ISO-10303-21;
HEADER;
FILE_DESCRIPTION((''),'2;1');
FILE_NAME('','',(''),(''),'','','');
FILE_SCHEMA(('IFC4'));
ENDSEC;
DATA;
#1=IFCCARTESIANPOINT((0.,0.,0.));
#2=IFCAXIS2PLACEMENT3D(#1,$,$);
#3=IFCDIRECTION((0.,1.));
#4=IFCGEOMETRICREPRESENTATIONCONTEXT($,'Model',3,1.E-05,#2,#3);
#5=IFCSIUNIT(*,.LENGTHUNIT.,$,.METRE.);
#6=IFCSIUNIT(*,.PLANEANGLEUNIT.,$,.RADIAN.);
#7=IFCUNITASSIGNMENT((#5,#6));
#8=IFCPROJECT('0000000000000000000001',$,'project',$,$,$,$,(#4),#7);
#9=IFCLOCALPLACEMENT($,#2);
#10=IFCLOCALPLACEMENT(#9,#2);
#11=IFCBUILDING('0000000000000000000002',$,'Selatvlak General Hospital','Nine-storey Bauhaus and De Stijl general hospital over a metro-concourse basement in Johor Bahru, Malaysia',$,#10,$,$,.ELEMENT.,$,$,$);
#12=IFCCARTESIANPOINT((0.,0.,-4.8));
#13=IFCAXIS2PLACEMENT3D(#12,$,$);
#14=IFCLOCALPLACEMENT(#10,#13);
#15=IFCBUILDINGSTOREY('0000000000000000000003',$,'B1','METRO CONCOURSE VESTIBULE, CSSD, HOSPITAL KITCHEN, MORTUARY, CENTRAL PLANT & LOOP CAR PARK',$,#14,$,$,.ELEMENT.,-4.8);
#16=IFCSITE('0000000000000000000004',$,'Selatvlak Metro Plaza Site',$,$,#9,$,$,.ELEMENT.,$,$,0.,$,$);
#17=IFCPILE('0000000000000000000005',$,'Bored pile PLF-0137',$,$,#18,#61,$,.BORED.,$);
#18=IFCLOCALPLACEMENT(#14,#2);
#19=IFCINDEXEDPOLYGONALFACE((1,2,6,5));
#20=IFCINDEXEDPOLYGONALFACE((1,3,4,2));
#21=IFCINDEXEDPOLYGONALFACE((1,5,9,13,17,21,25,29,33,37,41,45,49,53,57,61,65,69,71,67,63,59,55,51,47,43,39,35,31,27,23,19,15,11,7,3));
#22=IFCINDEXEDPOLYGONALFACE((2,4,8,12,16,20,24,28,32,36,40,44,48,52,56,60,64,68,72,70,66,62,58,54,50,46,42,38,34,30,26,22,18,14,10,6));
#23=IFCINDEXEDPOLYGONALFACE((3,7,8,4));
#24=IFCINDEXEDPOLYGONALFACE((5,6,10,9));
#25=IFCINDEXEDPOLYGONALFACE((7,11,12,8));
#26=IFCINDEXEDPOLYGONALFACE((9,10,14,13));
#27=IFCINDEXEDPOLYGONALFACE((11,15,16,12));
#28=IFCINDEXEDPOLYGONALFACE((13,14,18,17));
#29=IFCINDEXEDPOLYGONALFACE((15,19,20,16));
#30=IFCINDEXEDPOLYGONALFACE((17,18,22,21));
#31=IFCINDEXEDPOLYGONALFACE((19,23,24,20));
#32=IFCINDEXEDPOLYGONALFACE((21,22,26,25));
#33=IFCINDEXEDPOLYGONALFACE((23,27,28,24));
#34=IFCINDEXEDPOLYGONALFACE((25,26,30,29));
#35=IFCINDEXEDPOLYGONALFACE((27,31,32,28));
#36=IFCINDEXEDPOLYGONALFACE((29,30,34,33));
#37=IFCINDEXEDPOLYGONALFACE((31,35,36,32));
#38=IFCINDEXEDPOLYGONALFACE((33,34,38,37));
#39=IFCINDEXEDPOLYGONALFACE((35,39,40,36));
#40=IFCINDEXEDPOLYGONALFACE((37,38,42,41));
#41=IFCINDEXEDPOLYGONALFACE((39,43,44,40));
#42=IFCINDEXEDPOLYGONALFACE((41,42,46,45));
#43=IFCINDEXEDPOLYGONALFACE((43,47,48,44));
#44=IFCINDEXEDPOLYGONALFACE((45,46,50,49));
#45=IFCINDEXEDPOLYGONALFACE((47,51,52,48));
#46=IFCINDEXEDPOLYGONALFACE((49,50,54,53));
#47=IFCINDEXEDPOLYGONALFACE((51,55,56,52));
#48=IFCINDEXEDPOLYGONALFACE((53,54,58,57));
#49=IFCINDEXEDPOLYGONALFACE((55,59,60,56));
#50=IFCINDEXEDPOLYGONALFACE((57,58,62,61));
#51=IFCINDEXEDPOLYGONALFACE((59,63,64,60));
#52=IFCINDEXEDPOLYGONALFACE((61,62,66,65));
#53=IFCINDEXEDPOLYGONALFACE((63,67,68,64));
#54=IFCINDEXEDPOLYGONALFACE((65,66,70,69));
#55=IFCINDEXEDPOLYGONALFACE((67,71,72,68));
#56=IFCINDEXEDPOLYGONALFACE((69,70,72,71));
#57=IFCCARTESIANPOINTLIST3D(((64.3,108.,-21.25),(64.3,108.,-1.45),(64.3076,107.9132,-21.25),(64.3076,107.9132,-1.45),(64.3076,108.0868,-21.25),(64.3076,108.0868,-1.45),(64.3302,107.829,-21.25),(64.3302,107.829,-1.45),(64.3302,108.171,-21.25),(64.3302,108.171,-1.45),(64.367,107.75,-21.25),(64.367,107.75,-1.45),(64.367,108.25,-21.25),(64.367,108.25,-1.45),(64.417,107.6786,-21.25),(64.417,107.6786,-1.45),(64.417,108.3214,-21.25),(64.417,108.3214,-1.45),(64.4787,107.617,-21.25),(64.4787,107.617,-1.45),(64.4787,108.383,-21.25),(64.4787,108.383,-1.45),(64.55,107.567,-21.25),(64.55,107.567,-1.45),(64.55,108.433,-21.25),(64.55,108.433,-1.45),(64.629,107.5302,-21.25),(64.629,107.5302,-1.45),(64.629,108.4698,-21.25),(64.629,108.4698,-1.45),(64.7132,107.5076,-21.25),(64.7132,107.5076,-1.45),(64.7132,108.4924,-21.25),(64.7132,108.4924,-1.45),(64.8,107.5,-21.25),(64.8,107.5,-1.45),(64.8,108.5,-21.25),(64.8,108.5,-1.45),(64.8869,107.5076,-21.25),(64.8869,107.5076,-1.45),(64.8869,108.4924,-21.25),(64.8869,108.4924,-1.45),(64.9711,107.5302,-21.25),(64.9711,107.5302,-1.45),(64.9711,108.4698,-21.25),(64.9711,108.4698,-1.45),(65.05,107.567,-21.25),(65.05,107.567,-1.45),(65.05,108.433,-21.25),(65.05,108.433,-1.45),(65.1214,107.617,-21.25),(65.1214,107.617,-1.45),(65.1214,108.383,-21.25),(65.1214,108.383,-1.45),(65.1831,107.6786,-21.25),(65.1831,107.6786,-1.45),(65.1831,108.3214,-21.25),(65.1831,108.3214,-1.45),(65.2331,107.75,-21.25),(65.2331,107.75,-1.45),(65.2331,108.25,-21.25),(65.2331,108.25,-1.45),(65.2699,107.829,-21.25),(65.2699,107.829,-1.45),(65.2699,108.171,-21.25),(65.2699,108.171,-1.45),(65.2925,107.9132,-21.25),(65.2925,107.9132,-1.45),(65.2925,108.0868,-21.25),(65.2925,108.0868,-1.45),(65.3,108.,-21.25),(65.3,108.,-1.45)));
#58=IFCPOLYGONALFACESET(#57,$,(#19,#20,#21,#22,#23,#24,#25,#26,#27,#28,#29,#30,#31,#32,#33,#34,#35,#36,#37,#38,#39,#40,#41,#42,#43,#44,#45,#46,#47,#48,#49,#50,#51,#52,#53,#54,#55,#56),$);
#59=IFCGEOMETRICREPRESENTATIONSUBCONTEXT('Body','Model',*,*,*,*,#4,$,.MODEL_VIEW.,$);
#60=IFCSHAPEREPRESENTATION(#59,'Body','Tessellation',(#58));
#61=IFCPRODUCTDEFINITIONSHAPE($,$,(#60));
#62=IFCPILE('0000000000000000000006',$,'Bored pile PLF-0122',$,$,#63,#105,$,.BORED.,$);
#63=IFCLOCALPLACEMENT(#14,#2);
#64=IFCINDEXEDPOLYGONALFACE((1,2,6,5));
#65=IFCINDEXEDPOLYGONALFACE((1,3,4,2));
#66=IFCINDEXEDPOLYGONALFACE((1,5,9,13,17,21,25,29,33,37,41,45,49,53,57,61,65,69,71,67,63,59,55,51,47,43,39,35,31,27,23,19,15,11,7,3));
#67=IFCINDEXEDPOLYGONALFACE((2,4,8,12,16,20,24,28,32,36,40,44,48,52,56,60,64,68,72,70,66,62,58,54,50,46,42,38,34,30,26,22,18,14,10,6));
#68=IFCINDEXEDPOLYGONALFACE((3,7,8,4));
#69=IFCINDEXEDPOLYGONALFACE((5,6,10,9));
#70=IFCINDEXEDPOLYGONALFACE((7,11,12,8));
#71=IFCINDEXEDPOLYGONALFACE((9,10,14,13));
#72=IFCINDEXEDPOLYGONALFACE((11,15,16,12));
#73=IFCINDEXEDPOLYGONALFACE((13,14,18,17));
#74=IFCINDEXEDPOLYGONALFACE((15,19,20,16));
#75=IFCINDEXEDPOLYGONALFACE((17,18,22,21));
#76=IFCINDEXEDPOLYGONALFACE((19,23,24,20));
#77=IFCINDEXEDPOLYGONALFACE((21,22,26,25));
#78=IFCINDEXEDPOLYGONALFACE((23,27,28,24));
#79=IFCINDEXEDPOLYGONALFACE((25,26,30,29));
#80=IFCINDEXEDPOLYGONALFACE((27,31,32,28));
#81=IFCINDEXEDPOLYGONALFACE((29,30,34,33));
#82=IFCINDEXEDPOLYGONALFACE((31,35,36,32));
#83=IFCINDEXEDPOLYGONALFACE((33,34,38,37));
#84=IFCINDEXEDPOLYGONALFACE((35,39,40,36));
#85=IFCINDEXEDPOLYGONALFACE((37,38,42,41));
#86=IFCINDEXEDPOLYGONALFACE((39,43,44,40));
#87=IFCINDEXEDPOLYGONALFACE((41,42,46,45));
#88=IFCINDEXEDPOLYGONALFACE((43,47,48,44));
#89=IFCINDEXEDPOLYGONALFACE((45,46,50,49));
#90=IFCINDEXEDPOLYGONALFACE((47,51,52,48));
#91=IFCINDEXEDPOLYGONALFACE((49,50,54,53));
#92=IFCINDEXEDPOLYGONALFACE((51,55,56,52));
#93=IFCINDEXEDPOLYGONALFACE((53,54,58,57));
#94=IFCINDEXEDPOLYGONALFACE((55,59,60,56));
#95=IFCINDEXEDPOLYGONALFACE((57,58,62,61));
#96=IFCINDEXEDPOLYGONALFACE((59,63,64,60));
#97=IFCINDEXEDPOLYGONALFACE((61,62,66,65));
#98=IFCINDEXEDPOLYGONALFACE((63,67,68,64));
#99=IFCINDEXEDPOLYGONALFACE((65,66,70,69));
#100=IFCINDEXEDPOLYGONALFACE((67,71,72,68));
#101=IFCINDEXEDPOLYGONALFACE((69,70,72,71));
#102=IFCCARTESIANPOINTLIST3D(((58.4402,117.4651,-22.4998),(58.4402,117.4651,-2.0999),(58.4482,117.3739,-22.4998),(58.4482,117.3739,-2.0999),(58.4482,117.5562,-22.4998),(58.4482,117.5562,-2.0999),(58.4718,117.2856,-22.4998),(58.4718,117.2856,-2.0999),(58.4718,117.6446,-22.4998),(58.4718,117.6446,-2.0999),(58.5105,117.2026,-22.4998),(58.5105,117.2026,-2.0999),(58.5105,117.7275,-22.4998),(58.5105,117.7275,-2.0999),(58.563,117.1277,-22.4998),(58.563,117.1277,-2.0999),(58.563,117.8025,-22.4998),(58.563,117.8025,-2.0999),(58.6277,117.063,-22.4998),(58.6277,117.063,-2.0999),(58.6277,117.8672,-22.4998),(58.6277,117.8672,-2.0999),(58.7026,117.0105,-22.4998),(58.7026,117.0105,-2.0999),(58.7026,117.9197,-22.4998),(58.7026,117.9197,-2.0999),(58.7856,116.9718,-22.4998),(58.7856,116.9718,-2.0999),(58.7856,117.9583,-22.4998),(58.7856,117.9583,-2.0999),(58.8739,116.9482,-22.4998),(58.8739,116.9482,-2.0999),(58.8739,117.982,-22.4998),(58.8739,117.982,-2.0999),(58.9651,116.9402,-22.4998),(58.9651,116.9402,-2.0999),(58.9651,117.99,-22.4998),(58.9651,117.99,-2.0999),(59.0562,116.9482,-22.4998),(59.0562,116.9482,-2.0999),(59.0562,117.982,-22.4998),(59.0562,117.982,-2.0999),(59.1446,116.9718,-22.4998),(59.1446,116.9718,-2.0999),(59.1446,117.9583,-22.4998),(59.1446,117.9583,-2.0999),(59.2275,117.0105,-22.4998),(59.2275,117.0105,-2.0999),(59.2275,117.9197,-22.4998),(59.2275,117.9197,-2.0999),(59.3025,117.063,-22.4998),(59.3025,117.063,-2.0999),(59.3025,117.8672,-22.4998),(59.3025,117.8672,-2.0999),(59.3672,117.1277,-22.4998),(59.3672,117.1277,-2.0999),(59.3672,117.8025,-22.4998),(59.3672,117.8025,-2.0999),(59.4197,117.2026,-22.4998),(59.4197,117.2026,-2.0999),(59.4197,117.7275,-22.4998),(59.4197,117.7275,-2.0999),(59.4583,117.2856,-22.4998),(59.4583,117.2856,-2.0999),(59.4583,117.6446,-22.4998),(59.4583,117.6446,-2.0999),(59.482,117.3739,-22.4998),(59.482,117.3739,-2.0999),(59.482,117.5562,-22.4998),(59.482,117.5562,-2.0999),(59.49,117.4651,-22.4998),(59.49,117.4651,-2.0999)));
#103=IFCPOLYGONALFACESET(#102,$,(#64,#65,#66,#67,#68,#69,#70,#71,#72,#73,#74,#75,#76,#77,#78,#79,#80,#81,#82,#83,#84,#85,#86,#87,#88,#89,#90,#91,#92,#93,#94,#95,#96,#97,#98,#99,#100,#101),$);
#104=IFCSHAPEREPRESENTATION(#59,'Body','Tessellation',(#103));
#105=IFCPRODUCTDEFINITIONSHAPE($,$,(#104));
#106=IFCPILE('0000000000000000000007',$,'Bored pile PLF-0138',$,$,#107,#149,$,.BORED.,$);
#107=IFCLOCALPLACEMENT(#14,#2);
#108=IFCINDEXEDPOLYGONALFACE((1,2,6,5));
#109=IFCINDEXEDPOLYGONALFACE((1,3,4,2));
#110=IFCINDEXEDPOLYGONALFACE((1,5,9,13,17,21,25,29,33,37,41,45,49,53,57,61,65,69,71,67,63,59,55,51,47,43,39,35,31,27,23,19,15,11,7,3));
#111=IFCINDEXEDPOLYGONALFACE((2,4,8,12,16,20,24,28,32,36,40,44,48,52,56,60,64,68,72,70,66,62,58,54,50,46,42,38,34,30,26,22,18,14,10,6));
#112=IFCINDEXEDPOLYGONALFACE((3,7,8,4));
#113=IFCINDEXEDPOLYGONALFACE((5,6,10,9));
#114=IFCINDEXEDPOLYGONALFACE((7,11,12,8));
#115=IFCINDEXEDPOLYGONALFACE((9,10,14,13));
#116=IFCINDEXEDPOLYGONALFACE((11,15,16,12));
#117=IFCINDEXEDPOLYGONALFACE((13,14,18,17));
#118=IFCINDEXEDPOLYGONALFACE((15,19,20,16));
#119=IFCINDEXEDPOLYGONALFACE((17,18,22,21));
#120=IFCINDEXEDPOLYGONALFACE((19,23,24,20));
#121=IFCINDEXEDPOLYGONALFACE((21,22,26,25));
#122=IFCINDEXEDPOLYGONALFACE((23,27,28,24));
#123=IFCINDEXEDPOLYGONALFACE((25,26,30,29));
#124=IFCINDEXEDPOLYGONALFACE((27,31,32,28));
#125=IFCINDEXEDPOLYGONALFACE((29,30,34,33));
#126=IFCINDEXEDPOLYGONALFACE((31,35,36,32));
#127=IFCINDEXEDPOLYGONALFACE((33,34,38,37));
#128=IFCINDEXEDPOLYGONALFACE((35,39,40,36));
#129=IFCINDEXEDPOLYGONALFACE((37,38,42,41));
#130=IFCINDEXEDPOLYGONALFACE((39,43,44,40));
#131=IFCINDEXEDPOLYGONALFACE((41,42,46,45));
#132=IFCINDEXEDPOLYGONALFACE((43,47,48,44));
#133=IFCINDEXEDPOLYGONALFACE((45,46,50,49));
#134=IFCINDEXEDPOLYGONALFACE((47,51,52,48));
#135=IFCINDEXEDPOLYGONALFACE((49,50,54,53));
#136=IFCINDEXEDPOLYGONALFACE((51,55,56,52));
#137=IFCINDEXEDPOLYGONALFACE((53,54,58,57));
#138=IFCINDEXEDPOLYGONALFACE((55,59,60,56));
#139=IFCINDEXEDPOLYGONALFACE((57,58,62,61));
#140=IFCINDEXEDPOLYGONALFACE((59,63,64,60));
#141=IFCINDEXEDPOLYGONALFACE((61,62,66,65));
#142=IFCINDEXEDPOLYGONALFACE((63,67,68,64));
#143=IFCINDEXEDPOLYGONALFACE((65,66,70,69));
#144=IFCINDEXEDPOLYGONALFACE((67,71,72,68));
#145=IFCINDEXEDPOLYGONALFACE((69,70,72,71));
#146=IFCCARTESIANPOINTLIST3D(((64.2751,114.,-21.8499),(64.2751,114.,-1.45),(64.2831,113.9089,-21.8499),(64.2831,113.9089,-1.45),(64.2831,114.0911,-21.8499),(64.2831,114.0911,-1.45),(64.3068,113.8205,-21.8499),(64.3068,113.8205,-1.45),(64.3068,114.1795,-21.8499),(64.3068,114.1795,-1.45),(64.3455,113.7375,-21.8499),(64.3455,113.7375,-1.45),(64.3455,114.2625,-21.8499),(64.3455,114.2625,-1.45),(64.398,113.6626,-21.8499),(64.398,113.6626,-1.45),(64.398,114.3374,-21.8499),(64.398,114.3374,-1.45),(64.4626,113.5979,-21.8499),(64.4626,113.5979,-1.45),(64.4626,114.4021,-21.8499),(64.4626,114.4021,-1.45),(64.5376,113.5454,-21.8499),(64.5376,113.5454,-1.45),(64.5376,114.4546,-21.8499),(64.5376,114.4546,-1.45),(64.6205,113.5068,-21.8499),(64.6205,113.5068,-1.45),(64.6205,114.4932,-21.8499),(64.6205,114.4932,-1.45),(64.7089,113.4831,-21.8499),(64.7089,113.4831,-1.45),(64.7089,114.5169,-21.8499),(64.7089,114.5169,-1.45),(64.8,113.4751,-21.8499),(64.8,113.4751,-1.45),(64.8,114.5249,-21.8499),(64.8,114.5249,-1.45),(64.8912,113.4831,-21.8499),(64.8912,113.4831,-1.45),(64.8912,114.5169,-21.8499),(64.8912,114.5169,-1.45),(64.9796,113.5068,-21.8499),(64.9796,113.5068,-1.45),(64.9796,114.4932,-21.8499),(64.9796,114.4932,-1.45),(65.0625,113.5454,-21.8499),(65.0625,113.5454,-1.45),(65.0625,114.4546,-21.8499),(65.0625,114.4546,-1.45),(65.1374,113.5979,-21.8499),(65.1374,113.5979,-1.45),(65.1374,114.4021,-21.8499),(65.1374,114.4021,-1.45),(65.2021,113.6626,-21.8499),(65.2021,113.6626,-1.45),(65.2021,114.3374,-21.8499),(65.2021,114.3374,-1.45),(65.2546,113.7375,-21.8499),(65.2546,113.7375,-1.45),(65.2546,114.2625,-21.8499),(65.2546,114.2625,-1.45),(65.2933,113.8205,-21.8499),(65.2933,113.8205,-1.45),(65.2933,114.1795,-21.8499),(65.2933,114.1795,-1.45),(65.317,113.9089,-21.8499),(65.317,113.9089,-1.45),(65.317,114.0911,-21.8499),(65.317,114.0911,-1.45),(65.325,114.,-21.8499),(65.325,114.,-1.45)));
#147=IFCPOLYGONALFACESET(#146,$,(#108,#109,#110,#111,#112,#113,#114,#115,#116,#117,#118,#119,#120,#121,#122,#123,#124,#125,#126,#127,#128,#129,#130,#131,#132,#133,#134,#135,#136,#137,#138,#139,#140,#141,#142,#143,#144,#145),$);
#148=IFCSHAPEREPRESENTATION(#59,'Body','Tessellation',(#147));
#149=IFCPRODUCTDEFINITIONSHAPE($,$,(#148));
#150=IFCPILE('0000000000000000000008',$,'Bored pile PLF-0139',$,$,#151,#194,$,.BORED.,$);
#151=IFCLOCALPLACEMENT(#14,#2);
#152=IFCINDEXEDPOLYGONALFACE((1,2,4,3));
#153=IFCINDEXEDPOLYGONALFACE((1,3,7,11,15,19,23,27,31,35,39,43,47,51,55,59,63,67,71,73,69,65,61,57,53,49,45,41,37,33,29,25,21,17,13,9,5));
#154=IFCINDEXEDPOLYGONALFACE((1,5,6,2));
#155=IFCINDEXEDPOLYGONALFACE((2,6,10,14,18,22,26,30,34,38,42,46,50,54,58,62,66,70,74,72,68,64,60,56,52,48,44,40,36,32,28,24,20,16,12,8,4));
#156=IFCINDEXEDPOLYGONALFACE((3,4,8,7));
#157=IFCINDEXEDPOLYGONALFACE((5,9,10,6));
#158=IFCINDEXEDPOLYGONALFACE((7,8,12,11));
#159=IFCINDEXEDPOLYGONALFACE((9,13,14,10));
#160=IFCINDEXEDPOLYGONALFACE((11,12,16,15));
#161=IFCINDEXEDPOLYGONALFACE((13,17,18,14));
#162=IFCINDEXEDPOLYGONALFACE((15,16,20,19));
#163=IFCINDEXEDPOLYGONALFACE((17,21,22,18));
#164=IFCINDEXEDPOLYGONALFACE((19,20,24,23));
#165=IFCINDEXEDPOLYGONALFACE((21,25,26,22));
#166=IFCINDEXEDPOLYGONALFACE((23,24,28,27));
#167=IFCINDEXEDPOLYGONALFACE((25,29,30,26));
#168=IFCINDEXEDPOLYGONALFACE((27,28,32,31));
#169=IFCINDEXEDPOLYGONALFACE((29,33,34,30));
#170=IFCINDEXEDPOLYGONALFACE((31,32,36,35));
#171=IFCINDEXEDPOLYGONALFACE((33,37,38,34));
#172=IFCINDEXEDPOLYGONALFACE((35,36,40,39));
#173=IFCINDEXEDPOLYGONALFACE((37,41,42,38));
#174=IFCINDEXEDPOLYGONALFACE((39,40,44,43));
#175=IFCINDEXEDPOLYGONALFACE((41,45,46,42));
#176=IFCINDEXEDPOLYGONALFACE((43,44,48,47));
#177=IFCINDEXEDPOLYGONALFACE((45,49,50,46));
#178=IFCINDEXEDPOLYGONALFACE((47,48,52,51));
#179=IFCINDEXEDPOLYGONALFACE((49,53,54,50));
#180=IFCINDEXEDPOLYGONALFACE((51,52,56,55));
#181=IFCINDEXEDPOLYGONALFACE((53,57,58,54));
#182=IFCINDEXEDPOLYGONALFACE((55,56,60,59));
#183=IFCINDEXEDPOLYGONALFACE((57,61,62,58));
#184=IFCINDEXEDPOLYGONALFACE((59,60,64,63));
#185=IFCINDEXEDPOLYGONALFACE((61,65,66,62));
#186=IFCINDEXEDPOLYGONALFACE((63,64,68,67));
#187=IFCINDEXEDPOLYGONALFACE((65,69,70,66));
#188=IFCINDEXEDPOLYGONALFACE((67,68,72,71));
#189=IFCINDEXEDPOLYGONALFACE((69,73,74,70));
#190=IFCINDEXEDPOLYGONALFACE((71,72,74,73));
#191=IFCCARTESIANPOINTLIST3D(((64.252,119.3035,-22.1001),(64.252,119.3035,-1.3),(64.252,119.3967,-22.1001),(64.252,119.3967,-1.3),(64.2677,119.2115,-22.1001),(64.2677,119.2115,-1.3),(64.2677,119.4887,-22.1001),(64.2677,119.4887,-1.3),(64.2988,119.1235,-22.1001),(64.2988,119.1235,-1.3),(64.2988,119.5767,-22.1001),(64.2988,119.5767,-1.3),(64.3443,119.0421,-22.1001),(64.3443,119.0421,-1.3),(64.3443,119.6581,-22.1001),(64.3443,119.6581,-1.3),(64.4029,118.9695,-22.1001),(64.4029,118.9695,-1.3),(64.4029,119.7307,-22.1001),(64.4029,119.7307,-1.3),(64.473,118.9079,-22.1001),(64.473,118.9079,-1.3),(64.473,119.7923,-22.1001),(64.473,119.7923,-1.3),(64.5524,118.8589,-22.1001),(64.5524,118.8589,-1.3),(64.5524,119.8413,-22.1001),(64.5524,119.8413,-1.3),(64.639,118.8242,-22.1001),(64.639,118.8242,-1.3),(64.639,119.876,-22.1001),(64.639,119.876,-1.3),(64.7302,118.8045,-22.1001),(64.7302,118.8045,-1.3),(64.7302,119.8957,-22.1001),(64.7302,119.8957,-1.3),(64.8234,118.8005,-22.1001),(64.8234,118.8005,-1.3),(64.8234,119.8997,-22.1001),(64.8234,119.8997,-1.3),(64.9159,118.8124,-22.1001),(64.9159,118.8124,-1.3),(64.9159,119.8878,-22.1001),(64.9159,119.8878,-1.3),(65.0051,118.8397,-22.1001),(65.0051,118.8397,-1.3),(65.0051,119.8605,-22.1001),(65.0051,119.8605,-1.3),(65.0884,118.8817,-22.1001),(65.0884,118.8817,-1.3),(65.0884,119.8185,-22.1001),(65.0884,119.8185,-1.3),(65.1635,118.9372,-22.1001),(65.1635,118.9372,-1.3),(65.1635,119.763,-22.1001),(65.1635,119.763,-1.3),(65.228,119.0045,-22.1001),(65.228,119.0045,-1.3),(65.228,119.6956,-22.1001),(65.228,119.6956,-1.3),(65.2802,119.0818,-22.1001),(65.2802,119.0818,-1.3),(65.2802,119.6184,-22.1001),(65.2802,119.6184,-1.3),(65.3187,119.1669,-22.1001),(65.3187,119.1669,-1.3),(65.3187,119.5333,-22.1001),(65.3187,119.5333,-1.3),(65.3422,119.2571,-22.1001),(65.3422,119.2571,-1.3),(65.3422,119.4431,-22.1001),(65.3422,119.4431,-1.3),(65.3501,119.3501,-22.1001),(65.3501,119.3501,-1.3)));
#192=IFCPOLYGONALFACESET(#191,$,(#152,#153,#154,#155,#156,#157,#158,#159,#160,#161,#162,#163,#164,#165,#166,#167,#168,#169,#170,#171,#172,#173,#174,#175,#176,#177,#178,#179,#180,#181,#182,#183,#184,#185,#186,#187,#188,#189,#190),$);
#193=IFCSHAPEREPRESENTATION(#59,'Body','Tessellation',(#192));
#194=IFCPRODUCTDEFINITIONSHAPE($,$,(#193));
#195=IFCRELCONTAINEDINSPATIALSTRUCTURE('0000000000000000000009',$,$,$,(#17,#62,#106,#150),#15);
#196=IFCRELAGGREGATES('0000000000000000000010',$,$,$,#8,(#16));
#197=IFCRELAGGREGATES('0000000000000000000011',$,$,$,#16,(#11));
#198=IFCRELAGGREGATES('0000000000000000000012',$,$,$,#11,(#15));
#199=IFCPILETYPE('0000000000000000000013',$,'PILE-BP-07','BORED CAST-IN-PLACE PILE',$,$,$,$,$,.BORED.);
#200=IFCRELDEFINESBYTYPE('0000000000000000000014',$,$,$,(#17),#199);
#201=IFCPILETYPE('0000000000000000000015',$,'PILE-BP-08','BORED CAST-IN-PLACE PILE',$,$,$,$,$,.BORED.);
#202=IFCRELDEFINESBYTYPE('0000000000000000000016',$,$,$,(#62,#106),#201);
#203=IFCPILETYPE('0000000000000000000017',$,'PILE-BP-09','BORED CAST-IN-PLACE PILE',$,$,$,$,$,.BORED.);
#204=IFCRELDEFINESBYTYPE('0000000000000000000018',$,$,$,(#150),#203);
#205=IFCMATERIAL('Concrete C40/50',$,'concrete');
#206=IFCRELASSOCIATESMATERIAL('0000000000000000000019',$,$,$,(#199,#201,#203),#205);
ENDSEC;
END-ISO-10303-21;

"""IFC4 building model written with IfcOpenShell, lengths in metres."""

from ifc_helpers import new_model, si_unit, direction, frame, origin, origin_2d, place, context, subcontext, project, spatial, circle, extrude, material, material_profile, profile_set, type_object, element, save


model = new_model("IFC4")

# Units and contexts
model_context = context("Model", 3, precision=1e-05, world=origin(), true_north=direction((0.0, 1.0)))
body_context = subcontext(model_context, "Body", "Model", "MODEL_VIEW")
ifc_project = project(units=[si_unit("LENGTHUNIT", "METRE"), si_unit("PLANEANGLEUNIT", "RADIAN")], contexts=[model_context])

# Site, building, storey
site_placement = place(None, origin())
site = spatial("IfcSite", under=ifc_project, at=site_placement, Name="Selatvlak Metro Plaza Site", CompositionType="ELEMENT", RefElevation=0.0)
building_placement = place(site_placement, origin())
building = spatial("IfcBuilding", under=site, at=building_placement, Name="Selatvlak General Hospital", Description="Nine-storey Bauhaus and De Stijl general hospital over a metro-concourse basement in Johor Bahru, Malaysia", CompositionType="ELEMENT")
storey_placement = place(building_placement, frame((0.0, 0.0, -4.8)))
storey = spatial("IfcBuildingStorey", under=building, at=storey_placement, Name="B1", Description="METRO CONCOURSE VESTIBULE, CSSD, HOSPITAL KITCHEN, MORTUARY, CENTRAL PLANT & LOOP CAR PARK", CompositionType="ELEMENT", Elevation=-4.8)

# Shared definitions
ifc_material_1 = material(Name="Concrete C40/50", Category="concrete")

# Piles
ifc_material_profile_1 = material_profile(ifc_material_1, circle(Radius=0.5, at=origin_2d()), Name="BORED PILE 1000")
ifc_profile_set_1 = profile_set([ifc_material_profile_1], Name="Concrete C40/50")
pile_type_1 = type_object("IfcPileType", Name="PILE-BP-07", Description="BORED CAST-IN-PLACE PILE", PredefinedType="BORED", material=ifc_profile_set_1)
pile_1_placement = place(storey_placement, frame((64.8, 108.0, -1.45), z_axis=(0.0, 0.0, -1.0), x_axis=(1.0, 0.0, 0.0)))
element("IfcPile", 1, at=pile_1_placement, inside=storey, type_object=pile_type_1, Name="Bored pile PLF-0137", PredefinedType="BORED", context=body_context, shape_type="SweptSolid", body=[
    extrude(circle(Radius=0.5, at=origin_2d()), origin(), (0.0, 0.0, 1.0), 19.8),
])
ifc_material_profile_2 = material_profile(ifc_material_1, circle(Radius=0.5249, at=origin_2d()), Name="BORED PILE 1050")
ifc_profile_set_2 = profile_set([ifc_material_profile_2], Name="Concrete C40/50")
pile_type_2 = type_object("IfcPileType", Name="PILE-BP-08", Description="BORED CAST-IN-PLACE PILE", PredefinedType="BORED", material=ifc_profile_set_2)
for number, where, z_axis, x_axis, name in (
    (2, (58.9651, 117.4651, -2.0999), (0.0, 0.0, -1.0), (1.0, 0.0, 0.0), "Bored pile PLF-0122"),
    (3, (64.8, 114.0, -1.45), (0.0, 0.0, -1.0), (1.0, 0.0, 0.0), "Bored pile PLF-0138"),
):
    element("IfcPile", number, at=place(storey_placement, frame(where, z_axis=z_axis, x_axis=x_axis)), inside=storey, type_object=pile_type_2, Name=name, PredefinedType="BORED", context=body_context, shape_type="SweptSolid", body=[
        extrude(circle(Radius=0.5249, at=origin_2d()), origin(), (0.0, 0.0, 1.0), 20.3999),
    ])
ifc_material_profile_3 = material_profile(ifc_material_1, circle(Radius=0.55, at=origin_2d()), Name="BORED PILE 1100")
ifc_profile_set_3 = profile_set([ifc_material_profile_3], Name="Concrete C40/50")
pile_type_3 = type_object("IfcPileType", Name="PILE-BP-09", Description="BORED CAST-IN-PLACE PILE", PredefinedType="BORED", material=ifc_profile_set_3)
pile_2_placement = place(storey_placement, frame((64.8, 119.3501, -1.3), z_axis=(0.0, 0.0, -1.0), x_axis=(1.0, 0.0, 0.0)))
element("IfcPile", 4, at=pile_2_placement, inside=storey, type_object=pile_type_3, Name="Bored pile PLF-0139", PredefinedType="BORED", context=body_context, shape_type="SweptSolid", body=[
    extrude(circle(Radius=0.55, at=origin_2d()), origin(), (0.0, 0.0, 1.0), 20.8),
])

save(model, "model.ifc")
